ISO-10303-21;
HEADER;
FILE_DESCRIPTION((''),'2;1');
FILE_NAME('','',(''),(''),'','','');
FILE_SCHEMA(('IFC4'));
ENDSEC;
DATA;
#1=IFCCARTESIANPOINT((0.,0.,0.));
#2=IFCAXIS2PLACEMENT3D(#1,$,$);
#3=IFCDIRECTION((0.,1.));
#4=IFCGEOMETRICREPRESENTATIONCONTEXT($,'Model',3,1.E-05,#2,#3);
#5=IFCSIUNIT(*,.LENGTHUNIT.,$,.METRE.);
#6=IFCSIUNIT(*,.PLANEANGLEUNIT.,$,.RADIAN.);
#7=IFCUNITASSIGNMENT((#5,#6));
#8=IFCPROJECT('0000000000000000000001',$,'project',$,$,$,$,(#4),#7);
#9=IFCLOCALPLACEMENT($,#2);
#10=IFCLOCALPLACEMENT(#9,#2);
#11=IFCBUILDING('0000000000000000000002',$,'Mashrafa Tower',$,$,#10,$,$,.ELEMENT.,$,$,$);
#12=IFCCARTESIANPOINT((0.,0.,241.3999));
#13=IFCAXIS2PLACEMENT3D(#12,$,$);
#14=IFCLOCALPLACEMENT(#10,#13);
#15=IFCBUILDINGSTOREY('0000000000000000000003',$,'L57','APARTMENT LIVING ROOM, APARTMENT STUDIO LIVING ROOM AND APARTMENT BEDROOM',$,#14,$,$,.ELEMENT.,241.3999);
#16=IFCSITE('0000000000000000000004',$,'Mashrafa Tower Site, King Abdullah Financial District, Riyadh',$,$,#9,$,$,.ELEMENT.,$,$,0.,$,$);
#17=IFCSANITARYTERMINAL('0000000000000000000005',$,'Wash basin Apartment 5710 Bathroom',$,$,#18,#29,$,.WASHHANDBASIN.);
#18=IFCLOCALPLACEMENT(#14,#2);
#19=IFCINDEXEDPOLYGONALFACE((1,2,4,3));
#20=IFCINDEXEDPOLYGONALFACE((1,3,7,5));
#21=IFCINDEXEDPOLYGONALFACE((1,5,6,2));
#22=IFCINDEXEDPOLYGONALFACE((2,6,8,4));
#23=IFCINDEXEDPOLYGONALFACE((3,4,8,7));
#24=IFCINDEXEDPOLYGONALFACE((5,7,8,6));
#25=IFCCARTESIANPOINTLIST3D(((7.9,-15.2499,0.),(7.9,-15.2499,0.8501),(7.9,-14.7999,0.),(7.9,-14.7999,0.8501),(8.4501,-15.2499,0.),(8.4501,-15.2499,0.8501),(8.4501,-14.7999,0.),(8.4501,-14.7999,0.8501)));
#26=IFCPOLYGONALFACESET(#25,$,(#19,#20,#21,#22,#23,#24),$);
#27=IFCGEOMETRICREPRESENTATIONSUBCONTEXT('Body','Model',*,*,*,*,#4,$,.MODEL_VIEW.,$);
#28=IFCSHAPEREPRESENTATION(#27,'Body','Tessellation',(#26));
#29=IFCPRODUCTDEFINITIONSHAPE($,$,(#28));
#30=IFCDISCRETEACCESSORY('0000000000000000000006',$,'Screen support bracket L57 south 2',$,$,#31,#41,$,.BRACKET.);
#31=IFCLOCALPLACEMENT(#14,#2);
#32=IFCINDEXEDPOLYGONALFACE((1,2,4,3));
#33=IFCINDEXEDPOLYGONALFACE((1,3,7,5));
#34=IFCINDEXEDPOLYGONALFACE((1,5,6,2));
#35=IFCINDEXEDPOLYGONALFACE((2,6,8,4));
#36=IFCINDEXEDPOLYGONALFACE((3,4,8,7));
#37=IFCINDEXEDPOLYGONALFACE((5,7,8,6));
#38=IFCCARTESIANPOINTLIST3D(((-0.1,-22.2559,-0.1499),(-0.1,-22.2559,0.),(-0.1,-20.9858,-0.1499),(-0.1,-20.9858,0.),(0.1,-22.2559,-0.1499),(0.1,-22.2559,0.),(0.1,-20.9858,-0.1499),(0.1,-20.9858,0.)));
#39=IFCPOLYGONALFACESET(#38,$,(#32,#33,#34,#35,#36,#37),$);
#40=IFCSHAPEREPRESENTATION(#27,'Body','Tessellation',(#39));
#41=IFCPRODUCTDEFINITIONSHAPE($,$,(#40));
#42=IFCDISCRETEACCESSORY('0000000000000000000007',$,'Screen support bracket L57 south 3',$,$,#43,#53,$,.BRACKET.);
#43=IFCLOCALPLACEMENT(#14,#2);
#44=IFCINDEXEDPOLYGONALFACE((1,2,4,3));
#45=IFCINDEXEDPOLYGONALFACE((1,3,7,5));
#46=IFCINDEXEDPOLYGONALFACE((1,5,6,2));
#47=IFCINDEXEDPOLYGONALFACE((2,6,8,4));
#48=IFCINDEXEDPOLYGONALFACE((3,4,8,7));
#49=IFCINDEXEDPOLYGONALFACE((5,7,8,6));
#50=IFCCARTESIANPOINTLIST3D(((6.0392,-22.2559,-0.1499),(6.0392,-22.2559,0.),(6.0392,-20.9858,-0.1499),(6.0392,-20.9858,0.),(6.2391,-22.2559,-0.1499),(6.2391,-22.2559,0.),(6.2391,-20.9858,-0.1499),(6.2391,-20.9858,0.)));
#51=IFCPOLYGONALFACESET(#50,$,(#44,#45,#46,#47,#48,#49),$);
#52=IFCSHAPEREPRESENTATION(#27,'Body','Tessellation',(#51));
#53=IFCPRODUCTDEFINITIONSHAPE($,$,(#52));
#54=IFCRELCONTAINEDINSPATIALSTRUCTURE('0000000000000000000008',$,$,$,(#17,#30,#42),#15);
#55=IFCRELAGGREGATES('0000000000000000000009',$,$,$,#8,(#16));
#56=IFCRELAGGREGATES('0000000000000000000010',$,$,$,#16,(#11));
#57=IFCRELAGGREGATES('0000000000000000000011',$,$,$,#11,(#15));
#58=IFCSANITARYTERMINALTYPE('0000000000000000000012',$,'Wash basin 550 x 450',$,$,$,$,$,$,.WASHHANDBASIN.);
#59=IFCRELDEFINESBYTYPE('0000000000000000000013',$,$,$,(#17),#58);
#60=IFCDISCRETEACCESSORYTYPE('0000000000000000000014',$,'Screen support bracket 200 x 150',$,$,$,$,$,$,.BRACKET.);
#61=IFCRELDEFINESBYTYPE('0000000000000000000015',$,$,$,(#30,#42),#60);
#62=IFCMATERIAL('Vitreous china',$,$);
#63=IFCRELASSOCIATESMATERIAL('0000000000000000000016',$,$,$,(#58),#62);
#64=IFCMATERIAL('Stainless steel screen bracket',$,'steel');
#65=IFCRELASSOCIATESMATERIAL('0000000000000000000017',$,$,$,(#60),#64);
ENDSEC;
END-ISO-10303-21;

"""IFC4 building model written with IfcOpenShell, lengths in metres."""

from ifc_helpers import new_model, si_unit, direction, frame, origin, origin_2d, place, context, subcontext, project, spatial, rectangle, extrude, source, transform, mapped, material, type_object, type_shapes, element, save


model = new_model("IFC4")

# Units and contexts
model_context = context("Model", 3, precision=1e-05, world=origin(), true_north=direction((0.0, 1.0)))
body_context = subcontext(model_context, "Body", "Model", "MODEL_VIEW")
ifc_project = project(units=[si_unit("LENGTHUNIT", "METRE"), si_unit("PLANEANGLEUNIT", "RADIAN")], contexts=[model_context])

# Site, building, storey
site_placement = place(None, origin())
site = spatial("IfcSite", under=ifc_project, at=site_placement, Name="Mashrafa Tower Site, King Abdullah Financial District, Riyadh", CompositionType="ELEMENT", RefElevation=0.0)
building_placement = place(site_placement, origin())
building = spatial("IfcBuilding", under=site, at=building_placement, Name="Mashrafa Tower", CompositionType="ELEMENT")
storey_placement = place(building_placement, frame((0.0, 0.0, 241.3999)))
storey = spatial("IfcBuildingStorey", under=building, at=storey_placement, Name="L57", Description="APARTMENT LIVING ROOM, APARTMENT STUDIO LIVING ROOM AND APARTMENT BEDROOM", CompositionType="ELEMENT", Elevation=241.3999)

# Sanitary terminal
ifc_material_1 = material(Name="Vitreous china")
sanitary_terminal_type_1 = type_object("IfcSanitaryTerminalType", Name="Wash basin 550 x 450", PredefinedType="WASHHANDBASIN", material=ifc_material_1)
sanitary_terminal_1_placement = place(storey_placement, frame((8.175, -15.0249, 0.0), z_axis=(0.0, 0.0, 1.0), x_axis=(1.0, 0.0, 0.0)))
element("IfcSanitaryTerminal", 1, at=sanitary_terminal_1_placement, inside=storey, type_object=sanitary_terminal_type_1, Name="Wash basin Apartment 5710 Bathroom", PredefinedType="WASHHANDBASIN", context=body_context, shape_type="SweptSolid", body=[
    extrude(rectangle(XDim=0.55, YDim=0.45, at=origin_2d()), origin(), (0.0, 0.0, 1.0), 0.8501),
])

# Discrete accessories
ifc_material_2 = material(Name="Stainless steel screen bracket", Category="steel")
discrete_accessory_type = type_object("IfcDiscreteAccessoryType", Name="Screen support bracket 200 x 150", PredefinedType="BRACKET", material=ifc_material_2)
shared_shape_1 = source(origin(), body_context, "Body", "SweptSolid", [
    extrude(rectangle(XDim=0.2, YDim=1.27, at=origin_2d()), origin(), (0.0, 0.0, 1.0), 0.1499),
])
type_shapes(discrete_accessory_type, [shared_shape_1])
for number, where, z_axis, x_axis, name in (
    (2, (0.0, -21.6208, -0.1499), (0.0, 0.0, 1.0), (1.0, 0.0, 0.0), "Screen support bracket L57 south 2"),
    (3, (6.1392, -21.6208, -0.1499), (0.0, 0.0, 1.0), (1.0, 0.0, 0.0), "Screen support bracket L57 south 3"),
):
    element("IfcDiscreteAccessory", number, at=place(storey_placement, frame(where, z_axis=z_axis, x_axis=x_axis)), inside=storey, type_object=discrete_accessory_type, Name=name, PredefinedType="BRACKET", context=body_context, shape_type="MappedRepresentation", body=[
        mapped(shared_shape_1, transform((0.0, 0.0, 0.0))),
    ])

save(model, "model.ifc")
